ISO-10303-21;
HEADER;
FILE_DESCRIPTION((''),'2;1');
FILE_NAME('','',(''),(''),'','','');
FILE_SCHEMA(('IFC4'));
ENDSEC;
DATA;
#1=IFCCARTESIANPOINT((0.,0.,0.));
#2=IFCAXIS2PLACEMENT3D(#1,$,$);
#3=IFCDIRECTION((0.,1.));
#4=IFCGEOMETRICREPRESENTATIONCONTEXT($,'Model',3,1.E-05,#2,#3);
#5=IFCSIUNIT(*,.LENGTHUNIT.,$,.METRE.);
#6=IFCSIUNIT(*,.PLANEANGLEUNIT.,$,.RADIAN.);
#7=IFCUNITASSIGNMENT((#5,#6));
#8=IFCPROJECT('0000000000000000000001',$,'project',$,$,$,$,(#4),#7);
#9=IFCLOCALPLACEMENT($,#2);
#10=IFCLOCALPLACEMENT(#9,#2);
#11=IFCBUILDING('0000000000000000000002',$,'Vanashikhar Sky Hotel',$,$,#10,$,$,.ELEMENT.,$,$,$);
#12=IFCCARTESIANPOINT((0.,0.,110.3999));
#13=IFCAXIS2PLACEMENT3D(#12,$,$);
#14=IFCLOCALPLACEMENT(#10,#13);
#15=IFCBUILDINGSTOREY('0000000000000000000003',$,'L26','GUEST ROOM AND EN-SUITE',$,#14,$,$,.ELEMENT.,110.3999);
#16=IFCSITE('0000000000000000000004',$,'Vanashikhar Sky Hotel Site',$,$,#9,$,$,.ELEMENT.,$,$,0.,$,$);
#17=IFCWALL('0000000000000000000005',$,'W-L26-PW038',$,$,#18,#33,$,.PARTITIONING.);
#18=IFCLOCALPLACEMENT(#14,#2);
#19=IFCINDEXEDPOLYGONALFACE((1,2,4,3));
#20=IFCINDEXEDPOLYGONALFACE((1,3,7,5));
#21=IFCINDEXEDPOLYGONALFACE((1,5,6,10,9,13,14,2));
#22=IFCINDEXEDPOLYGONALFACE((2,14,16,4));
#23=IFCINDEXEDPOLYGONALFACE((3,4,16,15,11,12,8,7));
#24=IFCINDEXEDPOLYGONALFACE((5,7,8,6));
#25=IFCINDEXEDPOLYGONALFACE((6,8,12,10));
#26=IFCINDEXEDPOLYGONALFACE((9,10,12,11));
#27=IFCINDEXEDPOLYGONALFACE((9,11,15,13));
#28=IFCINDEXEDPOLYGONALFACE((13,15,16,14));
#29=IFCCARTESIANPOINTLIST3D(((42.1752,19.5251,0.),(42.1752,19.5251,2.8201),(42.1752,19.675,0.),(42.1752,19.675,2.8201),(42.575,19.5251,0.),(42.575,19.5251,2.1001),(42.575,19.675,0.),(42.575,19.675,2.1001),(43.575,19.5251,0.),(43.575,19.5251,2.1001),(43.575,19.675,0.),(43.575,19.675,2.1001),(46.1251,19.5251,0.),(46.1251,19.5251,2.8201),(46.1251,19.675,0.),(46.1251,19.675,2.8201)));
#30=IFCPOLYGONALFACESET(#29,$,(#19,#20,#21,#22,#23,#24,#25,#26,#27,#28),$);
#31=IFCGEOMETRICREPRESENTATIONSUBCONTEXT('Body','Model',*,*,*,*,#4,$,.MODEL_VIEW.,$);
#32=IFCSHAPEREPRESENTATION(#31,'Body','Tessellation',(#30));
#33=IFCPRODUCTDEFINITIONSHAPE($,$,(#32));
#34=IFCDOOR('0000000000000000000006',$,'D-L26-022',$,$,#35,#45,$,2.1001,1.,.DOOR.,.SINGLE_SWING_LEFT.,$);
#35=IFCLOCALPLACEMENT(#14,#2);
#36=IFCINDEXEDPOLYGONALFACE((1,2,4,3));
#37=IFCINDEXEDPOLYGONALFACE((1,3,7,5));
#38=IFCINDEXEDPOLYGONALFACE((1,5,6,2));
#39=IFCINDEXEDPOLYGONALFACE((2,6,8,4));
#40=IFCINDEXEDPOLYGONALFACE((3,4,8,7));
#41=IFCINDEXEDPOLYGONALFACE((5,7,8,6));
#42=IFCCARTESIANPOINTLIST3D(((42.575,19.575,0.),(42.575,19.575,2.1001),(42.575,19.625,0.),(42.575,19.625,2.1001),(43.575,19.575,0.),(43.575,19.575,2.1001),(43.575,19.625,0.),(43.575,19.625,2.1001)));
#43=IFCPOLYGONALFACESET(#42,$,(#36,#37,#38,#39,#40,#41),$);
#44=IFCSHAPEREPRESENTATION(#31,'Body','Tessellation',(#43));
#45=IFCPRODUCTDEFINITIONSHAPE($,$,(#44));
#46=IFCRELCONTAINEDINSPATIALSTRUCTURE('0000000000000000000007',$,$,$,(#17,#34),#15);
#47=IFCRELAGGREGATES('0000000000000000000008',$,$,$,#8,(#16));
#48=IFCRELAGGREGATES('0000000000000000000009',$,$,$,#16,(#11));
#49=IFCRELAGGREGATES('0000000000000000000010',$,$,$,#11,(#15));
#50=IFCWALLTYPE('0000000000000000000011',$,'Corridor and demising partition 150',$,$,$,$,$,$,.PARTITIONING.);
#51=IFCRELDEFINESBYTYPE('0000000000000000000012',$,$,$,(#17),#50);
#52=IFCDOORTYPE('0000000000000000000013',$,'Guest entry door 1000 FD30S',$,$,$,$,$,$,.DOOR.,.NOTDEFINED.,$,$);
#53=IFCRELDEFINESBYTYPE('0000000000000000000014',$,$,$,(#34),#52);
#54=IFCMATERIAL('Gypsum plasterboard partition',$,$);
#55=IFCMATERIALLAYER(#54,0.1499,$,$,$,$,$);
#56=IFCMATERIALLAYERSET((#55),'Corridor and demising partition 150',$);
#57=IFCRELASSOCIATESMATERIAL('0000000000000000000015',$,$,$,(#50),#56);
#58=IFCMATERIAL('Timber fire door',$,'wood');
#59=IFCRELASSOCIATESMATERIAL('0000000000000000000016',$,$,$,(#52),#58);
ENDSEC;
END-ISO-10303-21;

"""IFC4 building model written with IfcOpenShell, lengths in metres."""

from ifc_helpers import new_model, si_unit, direction, frame, frame_2d, origin, place, context, subcontext, project, spatial, rectangle, extrude, source, transform, mapped, material, layer, layer_set, type_object, element, fill, save


model = new_model("IFC4")

# Units and contexts
model_context = context("Model", 3, precision=1e-05, world=origin(), true_north=direction((0.0, 1.0)))
body_context = subcontext(model_context, "Body", "Model", "MODEL_VIEW")
ifc_project = project(units=[si_unit("LENGTHUNIT", "METRE"), si_unit("PLANEANGLEUNIT", "RADIAN")], contexts=[model_context])

# Site, building, storey
site_placement = place(None, origin())
site = spatial("IfcSite", under=ifc_project, at=site_placement, Name="Vanashikhar Sky Hotel Site", CompositionType="ELEMENT", RefElevation=0.0)
building_placement = place(site_placement, origin())
building = spatial("IfcBuilding", under=site, at=building_placement, Name="Vanashikhar Sky Hotel", CompositionType="ELEMENT")
storey_placement = place(building_placement, frame((0.0, 0.0, 110.3999)))
storey = spatial("IfcBuildingStorey", under=building, at=storey_placement, Name="L26", Description="GUEST ROOM AND EN-SUITE", CompositionType="ELEMENT", Elevation=110.3999)

# Wall, opening, door
ifc_material_1 = material(Name="Gypsum plasterboard partition")
ifc_layer_1 = layer(ifc_material_1, 0.1499)
ifc_layer_set_1 = layer_set([ifc_layer_1], Name="Corridor and demising partition 150")
wall_type_1 = type_object("IfcWallType", Name="Corridor and demising partition 150", PredefinedType="PARTITIONING", material=ifc_layer_set_1)
shared_shape_1 = source(origin(), body_context, "Body", "SweptSolid", [
    extrude(rectangle(XDim=3.95, YDim=0.1499, at=frame_2d((1.9751, 0.0))), origin(), (0.0, 0.0, 1.0), 2.8201),
])
shared_shape_2 = source(origin(), body_context, "Body", "SweptSolid", [
    extrude(rectangle(XDim=1.0, YDim=2.1001, at=frame_2d((0.5, 1.05))), frame((0.0, 0.085, 0.0), z_axis=(0.0, -1.0, 0.0), x_axis=(1.0, 0.0, 0.0)), (0.0, 0.0, 1.0), 0.1699),
])
ifc_material_2 = material(Name="Timber fire door", Category="wood")
door_type_1 = type_object("IfcDoorType", Name="Guest entry door 1000 FD30S", OperationType="NOTDEFINED", PredefinedType="DOOR", material=ifc_material_2)
shared_shape_3 = source(origin(), body_context, "Body", "SweptSolid", [
    extrude(rectangle(XDim=1.0, YDim=2.1001, at=frame_2d((0.5, 1.05))), frame((0.0, 0.0249, 0.0), z_axis=(0.0, -1.0, 0.0), x_axis=(1.0, 0.0, 0.0)), (0.0, 0.0, 1.0), 0.05),
])
wall_1_placement = place(storey_placement, frame((42.175, 19.6001, 0.0), z_axis=(0.0, 0.0, 1.0), x_axis=(1.0, 0.0, 0.0)))
wall_1 = element("IfcWall", 1, at=wall_1_placement, inside=storey, type_object=wall_type_1, Name="W-L26-PW038", PredefinedType="PARTITIONING", context=body_context, shape_type="MappedRepresentation", body=[
    mapped(shared_shape_1, transform((0.0, 0.0, 0.0), scale=1.0)),
])
opening_1_placement = place(wall_1_placement, frame((0.3999, 0.0, 0.0)))
opening_1 = element("IfcOpeningElement", 2, at=opening_1_placement, cuts=wall_1, PredefinedType="OPENING", context=body_context, shape_type="MappedRepresentation", body=[
    mapped(shared_shape_2, transform((0.0, 0.0, 0.0), scale=1.0)),
])
door_1_placement = place(opening_1_placement, origin())
door_1 = element("IfcDoor", 3, at=door_1_placement, inside=storey, type_object=door_type_1, Name="D-L26-022", OperationType="SINGLE_SWING_LEFT", OverallHeight=2.1001, OverallWidth=1.0, PredefinedType="DOOR", context=body_context, shape_type="MappedRepresentation", body=[
    mapped(shared_shape_3, transform((0.0, 0.0, 0.0), scale=1.0)),
])
fill(opening_1, door_1)

save(model, "model.ifc")
